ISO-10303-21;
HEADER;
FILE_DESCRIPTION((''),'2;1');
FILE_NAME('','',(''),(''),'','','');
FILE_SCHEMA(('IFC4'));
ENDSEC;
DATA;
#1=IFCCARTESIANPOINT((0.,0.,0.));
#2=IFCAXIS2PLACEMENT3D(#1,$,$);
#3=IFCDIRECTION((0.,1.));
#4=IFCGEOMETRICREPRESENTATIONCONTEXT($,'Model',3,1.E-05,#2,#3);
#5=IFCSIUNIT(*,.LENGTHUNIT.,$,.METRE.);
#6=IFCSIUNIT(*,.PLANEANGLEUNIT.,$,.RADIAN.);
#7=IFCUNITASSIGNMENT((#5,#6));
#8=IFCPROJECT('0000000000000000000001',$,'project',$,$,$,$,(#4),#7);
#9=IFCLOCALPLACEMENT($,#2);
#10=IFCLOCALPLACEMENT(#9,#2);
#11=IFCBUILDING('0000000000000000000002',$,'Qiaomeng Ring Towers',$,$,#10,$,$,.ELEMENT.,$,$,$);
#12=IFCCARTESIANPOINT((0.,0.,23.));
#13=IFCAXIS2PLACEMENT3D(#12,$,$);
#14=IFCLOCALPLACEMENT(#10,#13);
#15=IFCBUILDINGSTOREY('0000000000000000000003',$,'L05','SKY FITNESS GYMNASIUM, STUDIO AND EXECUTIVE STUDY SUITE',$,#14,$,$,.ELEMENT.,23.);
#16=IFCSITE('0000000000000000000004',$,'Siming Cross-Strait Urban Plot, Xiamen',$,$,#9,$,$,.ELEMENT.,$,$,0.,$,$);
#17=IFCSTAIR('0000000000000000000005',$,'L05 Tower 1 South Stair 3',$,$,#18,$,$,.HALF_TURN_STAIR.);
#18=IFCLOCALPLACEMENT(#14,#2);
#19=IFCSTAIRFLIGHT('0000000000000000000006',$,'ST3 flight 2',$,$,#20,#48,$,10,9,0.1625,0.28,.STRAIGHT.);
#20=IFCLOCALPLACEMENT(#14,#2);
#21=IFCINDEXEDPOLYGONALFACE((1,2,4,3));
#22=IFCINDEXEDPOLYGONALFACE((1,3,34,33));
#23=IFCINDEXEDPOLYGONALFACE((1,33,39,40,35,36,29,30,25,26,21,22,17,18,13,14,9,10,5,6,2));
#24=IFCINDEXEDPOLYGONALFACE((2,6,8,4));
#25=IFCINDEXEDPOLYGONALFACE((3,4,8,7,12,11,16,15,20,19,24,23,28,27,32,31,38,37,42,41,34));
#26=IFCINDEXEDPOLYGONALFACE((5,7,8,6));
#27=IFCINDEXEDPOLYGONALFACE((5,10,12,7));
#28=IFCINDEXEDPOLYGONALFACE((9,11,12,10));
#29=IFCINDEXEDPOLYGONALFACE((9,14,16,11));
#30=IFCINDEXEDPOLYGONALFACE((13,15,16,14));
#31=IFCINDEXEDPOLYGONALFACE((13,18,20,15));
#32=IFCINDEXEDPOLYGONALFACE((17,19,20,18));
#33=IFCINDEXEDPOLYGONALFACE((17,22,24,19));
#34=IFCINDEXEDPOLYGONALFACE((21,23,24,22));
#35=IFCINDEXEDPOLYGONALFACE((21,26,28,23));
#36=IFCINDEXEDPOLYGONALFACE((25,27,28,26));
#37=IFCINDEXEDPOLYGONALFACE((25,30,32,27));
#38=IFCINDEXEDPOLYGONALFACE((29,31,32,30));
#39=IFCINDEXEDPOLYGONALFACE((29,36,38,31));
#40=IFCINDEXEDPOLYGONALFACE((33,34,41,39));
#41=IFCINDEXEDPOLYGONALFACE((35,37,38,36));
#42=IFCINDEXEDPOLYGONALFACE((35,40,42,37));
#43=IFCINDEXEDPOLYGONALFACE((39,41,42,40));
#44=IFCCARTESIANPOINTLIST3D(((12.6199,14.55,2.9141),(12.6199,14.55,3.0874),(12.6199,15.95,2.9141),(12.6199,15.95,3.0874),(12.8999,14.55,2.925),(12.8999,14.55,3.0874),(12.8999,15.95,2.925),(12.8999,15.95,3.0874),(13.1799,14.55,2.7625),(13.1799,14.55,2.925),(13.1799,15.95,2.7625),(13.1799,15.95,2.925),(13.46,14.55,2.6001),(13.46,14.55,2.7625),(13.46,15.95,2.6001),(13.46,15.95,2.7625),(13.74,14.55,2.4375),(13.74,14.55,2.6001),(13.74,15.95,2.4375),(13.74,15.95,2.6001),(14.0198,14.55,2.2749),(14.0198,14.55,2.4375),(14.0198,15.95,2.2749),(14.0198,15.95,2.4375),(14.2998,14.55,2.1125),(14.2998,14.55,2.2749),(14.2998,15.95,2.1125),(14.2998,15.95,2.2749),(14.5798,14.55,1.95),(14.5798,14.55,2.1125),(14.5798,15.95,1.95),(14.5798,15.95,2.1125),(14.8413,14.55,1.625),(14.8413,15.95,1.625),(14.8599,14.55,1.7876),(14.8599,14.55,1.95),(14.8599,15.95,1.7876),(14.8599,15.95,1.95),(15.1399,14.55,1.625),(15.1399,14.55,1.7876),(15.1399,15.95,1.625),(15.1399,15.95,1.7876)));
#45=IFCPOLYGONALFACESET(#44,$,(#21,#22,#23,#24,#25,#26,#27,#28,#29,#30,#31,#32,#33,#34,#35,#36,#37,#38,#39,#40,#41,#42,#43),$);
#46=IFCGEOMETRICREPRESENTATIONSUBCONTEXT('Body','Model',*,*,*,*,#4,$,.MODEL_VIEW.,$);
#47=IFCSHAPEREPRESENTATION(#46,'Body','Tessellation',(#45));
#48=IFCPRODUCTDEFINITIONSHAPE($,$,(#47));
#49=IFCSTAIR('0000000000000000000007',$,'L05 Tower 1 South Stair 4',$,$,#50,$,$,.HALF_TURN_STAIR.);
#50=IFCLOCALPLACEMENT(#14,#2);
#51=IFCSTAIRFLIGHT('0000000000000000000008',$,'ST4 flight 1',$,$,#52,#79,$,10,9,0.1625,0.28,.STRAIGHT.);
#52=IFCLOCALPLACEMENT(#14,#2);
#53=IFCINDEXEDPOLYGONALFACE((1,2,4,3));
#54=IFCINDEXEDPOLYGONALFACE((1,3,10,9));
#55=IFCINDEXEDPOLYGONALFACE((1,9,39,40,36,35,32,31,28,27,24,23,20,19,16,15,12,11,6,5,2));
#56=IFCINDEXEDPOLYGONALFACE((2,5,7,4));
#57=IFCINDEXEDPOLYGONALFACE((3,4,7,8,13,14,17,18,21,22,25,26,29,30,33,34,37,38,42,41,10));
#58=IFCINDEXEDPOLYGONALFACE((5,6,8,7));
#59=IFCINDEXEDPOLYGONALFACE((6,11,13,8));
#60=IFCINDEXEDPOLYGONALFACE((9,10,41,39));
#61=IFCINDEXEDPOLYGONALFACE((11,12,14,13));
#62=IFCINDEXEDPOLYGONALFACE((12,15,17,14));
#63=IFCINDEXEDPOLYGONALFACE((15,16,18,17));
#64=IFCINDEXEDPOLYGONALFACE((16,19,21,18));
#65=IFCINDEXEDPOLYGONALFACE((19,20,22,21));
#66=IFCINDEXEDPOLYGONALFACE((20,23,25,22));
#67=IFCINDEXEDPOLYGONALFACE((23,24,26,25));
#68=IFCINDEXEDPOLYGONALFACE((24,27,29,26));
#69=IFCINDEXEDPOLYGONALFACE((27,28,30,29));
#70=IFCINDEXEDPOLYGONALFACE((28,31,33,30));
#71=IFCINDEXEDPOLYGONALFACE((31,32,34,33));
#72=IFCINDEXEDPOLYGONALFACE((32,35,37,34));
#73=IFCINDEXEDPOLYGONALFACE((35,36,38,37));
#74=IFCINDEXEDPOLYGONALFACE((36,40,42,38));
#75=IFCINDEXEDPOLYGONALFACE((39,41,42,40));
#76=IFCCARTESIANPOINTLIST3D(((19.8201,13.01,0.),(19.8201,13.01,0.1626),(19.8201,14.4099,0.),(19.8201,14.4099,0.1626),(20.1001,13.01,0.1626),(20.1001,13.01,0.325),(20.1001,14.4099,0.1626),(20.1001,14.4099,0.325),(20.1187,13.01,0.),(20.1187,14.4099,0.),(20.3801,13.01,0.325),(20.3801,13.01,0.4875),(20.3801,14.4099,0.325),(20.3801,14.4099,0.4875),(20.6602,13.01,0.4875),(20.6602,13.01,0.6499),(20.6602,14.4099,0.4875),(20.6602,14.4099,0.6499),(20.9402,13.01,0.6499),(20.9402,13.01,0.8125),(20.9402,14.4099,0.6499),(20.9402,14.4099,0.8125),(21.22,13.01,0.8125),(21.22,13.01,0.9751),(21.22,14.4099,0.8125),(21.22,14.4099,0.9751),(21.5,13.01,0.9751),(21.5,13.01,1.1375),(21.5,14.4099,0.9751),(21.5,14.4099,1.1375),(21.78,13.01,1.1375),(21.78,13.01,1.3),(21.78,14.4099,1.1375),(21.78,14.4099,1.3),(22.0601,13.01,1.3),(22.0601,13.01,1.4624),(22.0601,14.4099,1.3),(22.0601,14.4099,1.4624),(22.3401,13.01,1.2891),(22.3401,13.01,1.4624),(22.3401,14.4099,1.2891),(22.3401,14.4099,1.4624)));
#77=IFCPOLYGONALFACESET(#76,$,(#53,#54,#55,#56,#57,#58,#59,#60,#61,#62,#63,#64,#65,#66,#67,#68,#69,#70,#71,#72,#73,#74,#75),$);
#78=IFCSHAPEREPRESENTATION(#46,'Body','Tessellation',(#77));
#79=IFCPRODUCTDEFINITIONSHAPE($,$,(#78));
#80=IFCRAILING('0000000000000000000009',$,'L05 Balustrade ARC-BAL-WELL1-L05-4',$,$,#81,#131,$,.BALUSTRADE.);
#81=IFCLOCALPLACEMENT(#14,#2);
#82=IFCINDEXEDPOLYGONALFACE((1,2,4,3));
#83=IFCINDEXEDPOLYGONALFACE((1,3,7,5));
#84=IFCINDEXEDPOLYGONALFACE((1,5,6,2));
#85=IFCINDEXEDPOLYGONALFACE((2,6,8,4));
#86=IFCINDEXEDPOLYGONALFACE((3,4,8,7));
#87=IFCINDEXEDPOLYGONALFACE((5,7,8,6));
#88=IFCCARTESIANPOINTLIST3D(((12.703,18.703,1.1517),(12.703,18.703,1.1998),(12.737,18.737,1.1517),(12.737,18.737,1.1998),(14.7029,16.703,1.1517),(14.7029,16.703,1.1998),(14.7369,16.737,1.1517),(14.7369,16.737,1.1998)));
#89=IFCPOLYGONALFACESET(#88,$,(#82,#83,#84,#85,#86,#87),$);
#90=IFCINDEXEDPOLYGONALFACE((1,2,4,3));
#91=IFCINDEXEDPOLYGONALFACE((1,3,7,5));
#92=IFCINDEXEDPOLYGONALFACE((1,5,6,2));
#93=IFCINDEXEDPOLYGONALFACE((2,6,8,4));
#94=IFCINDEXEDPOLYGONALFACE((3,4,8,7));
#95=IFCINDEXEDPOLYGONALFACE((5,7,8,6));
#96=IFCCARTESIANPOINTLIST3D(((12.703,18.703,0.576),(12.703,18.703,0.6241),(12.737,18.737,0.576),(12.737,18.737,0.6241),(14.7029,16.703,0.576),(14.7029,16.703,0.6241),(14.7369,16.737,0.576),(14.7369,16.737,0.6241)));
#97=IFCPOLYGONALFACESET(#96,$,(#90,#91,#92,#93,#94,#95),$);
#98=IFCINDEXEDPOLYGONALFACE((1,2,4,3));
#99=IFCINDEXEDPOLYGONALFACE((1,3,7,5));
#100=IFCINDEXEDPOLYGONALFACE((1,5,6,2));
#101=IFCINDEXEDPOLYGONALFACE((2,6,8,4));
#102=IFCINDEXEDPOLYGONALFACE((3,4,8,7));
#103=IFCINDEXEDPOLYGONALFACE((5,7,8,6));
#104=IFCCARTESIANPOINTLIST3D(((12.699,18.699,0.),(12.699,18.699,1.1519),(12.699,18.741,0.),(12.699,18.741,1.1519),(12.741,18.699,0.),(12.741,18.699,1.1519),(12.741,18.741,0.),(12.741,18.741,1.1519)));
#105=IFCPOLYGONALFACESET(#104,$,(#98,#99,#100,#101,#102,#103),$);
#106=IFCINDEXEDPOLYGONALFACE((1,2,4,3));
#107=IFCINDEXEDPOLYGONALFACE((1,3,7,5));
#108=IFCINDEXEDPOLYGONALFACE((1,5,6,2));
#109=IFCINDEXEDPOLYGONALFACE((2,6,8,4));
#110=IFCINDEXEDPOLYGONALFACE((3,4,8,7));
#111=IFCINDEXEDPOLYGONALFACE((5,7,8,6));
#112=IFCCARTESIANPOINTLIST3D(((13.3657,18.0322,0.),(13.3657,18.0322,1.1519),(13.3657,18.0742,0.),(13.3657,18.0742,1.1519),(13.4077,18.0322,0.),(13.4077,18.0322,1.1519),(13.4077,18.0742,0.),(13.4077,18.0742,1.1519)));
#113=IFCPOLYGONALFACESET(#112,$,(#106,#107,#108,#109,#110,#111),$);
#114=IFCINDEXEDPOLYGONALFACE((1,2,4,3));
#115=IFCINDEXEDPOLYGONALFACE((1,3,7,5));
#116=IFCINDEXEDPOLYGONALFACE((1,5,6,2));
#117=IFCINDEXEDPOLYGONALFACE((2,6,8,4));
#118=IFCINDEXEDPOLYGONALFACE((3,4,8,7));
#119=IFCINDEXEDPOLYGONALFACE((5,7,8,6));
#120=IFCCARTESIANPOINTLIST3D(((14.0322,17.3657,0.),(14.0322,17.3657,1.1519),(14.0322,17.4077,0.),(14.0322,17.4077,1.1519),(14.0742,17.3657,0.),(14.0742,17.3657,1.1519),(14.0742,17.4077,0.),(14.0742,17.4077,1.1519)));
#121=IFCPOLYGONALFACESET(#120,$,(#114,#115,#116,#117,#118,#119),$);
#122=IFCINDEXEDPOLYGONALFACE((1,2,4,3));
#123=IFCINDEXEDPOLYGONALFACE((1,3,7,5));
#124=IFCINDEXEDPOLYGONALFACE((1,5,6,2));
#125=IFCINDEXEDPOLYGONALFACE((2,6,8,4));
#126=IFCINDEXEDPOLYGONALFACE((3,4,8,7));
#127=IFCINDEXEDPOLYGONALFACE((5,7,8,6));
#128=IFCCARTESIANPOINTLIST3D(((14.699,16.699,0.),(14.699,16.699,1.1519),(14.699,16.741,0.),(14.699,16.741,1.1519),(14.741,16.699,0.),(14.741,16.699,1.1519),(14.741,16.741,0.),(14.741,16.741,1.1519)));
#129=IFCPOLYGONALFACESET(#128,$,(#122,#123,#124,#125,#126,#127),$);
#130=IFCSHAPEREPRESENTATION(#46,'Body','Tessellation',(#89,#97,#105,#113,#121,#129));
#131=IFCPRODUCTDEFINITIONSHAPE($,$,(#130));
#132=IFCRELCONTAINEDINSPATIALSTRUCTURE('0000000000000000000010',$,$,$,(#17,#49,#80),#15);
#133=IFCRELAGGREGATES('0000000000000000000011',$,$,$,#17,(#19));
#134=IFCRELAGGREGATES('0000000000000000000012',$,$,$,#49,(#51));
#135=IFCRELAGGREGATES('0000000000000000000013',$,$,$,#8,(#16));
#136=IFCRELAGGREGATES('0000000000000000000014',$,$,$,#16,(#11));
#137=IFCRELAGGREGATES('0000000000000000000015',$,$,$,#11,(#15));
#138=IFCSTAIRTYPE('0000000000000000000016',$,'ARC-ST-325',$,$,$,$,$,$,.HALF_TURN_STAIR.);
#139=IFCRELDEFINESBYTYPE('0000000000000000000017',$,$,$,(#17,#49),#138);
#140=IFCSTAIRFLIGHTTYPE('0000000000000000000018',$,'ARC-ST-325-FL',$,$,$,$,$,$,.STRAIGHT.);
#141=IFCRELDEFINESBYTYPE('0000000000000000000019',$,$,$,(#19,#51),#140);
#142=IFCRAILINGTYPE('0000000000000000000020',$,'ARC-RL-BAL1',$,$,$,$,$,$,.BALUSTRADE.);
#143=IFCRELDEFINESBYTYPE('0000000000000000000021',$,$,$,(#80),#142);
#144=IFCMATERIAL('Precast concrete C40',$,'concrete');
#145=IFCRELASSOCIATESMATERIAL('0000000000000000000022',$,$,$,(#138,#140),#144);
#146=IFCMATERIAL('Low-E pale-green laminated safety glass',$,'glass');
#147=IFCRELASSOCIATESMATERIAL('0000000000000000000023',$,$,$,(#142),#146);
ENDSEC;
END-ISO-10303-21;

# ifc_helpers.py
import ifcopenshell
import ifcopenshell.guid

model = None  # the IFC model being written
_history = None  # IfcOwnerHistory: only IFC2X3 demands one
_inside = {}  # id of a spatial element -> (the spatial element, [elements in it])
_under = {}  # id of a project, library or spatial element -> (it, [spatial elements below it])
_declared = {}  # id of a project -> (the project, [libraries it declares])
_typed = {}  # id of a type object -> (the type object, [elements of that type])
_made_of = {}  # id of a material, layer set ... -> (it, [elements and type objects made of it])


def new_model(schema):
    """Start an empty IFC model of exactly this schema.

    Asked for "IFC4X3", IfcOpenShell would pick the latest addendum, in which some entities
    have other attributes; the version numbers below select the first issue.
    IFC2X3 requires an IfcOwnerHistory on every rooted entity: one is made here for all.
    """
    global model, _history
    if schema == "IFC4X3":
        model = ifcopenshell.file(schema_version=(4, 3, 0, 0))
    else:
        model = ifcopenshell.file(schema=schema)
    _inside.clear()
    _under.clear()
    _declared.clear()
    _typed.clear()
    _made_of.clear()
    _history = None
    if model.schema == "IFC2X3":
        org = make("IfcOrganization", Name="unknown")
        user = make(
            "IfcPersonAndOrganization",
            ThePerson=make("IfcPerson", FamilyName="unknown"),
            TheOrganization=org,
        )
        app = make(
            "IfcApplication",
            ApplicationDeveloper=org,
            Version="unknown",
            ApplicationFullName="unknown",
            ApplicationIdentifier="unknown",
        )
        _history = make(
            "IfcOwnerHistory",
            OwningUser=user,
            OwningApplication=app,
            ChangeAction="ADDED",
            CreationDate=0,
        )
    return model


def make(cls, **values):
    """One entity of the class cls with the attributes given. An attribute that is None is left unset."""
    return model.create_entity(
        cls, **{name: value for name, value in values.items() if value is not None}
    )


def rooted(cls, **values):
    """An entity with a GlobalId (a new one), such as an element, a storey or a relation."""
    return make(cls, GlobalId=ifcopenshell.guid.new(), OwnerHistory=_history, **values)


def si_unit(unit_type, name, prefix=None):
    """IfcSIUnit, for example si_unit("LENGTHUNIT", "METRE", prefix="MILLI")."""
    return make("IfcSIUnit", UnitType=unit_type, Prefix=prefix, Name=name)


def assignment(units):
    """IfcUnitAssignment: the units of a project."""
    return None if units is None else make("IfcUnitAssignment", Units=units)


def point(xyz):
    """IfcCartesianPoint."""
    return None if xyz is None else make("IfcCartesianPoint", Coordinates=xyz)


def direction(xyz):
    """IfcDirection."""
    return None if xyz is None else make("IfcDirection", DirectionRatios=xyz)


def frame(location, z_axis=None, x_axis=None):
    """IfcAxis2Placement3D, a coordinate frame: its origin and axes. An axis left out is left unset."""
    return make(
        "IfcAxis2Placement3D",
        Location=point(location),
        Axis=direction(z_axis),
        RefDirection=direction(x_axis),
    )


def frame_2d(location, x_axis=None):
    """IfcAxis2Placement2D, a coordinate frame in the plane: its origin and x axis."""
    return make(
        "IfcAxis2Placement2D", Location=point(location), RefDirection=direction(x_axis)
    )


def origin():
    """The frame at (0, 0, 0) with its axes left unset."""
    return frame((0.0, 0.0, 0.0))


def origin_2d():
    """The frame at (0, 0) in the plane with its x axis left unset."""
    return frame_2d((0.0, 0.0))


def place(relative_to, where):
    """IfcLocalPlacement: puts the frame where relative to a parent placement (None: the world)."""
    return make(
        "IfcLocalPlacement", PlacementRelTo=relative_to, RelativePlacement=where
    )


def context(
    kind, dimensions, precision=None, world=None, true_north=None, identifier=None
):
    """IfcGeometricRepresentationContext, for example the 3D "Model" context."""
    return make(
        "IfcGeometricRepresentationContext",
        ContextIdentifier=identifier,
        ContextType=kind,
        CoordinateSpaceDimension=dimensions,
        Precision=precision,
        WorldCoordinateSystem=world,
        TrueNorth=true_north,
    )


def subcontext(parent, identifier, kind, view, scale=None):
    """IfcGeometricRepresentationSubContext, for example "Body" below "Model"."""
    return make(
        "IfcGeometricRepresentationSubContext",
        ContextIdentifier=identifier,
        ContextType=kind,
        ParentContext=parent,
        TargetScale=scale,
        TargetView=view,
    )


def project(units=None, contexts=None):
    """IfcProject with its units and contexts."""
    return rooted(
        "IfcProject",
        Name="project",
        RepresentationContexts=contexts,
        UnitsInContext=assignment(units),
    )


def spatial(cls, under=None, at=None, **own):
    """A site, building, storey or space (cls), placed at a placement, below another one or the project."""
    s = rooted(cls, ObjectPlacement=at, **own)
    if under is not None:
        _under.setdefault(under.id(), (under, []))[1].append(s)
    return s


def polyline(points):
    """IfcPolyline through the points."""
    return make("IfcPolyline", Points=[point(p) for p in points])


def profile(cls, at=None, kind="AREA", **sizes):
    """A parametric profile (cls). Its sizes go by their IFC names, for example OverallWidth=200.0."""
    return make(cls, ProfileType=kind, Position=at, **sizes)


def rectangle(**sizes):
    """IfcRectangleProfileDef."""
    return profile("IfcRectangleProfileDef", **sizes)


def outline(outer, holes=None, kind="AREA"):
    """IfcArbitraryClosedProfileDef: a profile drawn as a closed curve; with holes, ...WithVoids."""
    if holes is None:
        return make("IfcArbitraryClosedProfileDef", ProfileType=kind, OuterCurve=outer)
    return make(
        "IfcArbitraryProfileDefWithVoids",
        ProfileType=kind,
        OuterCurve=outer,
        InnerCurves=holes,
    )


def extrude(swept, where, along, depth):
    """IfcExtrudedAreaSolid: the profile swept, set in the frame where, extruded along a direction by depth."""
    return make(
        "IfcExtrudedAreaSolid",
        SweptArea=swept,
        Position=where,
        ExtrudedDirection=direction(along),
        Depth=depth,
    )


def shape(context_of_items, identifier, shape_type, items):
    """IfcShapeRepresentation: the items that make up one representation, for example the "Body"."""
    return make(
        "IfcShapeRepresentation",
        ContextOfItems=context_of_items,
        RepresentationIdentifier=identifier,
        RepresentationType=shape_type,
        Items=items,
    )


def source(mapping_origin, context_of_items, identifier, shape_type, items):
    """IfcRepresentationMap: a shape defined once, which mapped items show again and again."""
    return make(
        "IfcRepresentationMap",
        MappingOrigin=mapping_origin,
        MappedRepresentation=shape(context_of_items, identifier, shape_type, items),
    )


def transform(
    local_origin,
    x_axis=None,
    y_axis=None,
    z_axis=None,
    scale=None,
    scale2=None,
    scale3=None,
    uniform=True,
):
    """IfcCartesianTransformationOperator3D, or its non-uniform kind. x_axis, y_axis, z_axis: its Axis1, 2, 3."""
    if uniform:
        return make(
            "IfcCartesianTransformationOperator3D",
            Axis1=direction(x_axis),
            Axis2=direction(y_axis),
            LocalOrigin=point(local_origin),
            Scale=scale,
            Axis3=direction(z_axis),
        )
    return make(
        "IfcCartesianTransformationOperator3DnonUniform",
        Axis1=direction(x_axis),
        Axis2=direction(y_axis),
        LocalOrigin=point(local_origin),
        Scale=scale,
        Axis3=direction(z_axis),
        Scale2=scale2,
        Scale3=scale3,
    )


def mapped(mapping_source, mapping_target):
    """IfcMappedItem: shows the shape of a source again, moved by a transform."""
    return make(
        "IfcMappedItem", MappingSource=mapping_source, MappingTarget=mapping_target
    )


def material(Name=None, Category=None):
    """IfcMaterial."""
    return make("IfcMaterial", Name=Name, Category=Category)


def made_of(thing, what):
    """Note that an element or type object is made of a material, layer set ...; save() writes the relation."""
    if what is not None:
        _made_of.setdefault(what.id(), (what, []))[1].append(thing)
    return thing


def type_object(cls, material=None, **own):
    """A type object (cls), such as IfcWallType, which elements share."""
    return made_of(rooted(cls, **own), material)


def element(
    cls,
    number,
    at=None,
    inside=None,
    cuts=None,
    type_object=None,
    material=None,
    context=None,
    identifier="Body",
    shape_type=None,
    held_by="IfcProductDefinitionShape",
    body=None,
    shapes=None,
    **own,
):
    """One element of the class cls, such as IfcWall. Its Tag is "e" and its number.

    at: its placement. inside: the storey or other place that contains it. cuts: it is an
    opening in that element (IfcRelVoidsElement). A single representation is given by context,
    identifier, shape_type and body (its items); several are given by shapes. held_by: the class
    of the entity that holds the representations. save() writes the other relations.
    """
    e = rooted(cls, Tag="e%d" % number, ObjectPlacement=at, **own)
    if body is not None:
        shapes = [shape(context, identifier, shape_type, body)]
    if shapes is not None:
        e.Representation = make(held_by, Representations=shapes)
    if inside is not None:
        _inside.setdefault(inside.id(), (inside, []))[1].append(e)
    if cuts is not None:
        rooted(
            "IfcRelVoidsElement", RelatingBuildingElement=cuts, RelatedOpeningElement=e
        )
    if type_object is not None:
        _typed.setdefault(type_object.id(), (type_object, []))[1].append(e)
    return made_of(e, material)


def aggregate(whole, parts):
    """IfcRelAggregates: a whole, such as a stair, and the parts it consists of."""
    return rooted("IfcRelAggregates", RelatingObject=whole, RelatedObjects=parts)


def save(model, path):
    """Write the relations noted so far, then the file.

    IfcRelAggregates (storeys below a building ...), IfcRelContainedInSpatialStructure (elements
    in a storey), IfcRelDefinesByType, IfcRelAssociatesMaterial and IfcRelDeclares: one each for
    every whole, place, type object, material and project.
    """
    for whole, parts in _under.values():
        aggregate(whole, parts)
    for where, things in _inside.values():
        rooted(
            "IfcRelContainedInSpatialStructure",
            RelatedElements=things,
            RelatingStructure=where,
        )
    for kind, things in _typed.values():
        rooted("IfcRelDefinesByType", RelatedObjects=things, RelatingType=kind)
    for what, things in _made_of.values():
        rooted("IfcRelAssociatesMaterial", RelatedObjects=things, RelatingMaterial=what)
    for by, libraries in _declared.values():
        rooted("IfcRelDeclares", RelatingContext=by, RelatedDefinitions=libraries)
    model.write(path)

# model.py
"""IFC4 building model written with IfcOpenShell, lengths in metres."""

from ifc_helpers import new_model, si_unit, direction, frame, origin, origin_2d, place, context, subcontext, project, spatial, polyline, rectangle, outline, extrude, source, transform, mapped, material, type_object, element, aggregate, save


model = new_model("IFC4")

# Units and contexts
model_context = context("Model", 3, precision=1e-05, world=origin(), true_north=direction((0.0, 1.0)))
body_context = subcontext(model_context, "Body", "Model", "MODEL_VIEW")
ifc_project = project(units=[si_unit("LENGTHUNIT", "METRE"), si_unit("PLANEANGLEUNIT", "RADIAN")], contexts=[model_context])

# Site, building, storey
site_placement = place(None, origin())
site = spatial("IfcSite", under=ifc_project, at=site_placement, Name="Siming Cross-Strait Urban Plot, Xiamen", CompositionType="ELEMENT", RefElevation=0.0)
building_placement = place(site_placement, origin())
building = spatial("IfcBuilding", under=site, at=building_placement, Name="Qiaomeng Ring Towers", CompositionType="ELEMENT")
storey_placement = place(building_placement, frame((0.0, 0.0, 23.0)))
storey = spatial("IfcBuildingStorey", under=building, at=storey_placement, Name="L05", Description="SKY FITNESS GYMNASIUM, STUDIO AND EXECUTIVE STUDY SUITE", CompositionType="ELEMENT", Elevation=23.0)

# Stairs, stair flights
ifc_material_1 = material(Name="Precast concrete C40", Category="concrete")
stair_type = type_object("IfcStairType", Name="ARC-ST-325", PredefinedType="HALF_TURN_STAIR", material=ifc_material_1)
stair_1_placement = place(storey_placement, origin())
stair_1 = element("IfcStair", 1, at=stair_1_placement, inside=storey, type_object=stair_type, Name="L05 Tower 1 South Stair 3", PredefinedType="HALF_TURN_STAIR")
stair_flight_type = type_object("IfcStairFlightType", Name="ARC-ST-325-FL", PredefinedType="STRAIGHT", material=ifc_material_1)
shared_shape_1 = source(origin(), body_context, "Body", "SweptSolid", [
    extrude(outline(polyline([(0.0, 0.0), (0.0, 0.1626), (0.28, 0.1626), (0.28, 0.325), (0.5601, 0.325), (0.5601, 0.4875), (0.8401, 0.4875), (0.8401, 0.6499), (1.1201, 0.6499), (1.1201, 0.8125), (1.3999, 0.8125), (1.3999, 0.9751), (1.6799, 0.9751), (1.6799, 1.1375), (1.96, 1.1375), (1.96, 1.3), (2.24, 1.3), (2.24, 1.4624), (2.52, 1.4624), (2.52, 1.625), (2.52, 1.2891), (0.2986, 0.0), (0.0, 0.0)])), frame((0.0, 0.7, 0.0), z_axis=(0.0, -1.0, 0.0), x_axis=(1.0, 0.0, 0.0)), (0.0, 0.0, 1.0), 1.3999),
])
stair_flight_1_placement = place(storey_placement, frame((15.1399, 15.25, 1.625), z_axis=(0.0, 0.0, 1.0), x_axis=(-1.0, 0.0, 0.0)))
stair_flight_1 = element("IfcStairFlight", 2, at=stair_flight_1_placement, type_object=stair_flight_type, Name="ST3 flight 2", NumberOfRisers=10, NumberOfTreads=9, PredefinedType="STRAIGHT", RiserHeight=0.1625, TreadLength=0.28, context=body_context, shape_type="MappedRepresentation", body=[
    mapped(shared_shape_1, transform((0.0, 0.0, 0.0), x_axis=(1.0, 0.0, 0.0), y_axis=(0.0, 1.0, 0.0), z_axis=(0.0, 0.0, 1.0), scale=1.0)),
])
aggregate(stair_1, [stair_flight_1])
stair_2_placement = place(storey_placement, origin())
stair_2 = element("IfcStair", 3, at=stair_2_placement, inside=storey, type_object=stair_type, Name="L05 Tower 1 South Stair 4", PredefinedType="HALF_TURN_STAIR")
stair_flight_2_placement = place(storey_placement, frame((19.8201, 13.71, 0.0), z_axis=(0.0, 0.0, 1.0), x_axis=(1.0, 0.0, 0.0)))
stair_flight_2 = element("IfcStairFlight", 4, at=stair_flight_2_placement, type_object=stair_flight_type, Name="ST4 flight 1", NumberOfRisers=10, NumberOfTreads=9, PredefinedType="STRAIGHT", RiserHeight=0.1625, TreadLength=0.28, context=body_context, shape_type="MappedRepresentation", body=[
    mapped(shared_shape_1, transform((0.0, 0.0, 0.0), x_axis=(1.0, 0.0, 0.0), y_axis=(0.0, 1.0, 0.0), z_axis=(0.0, 0.0, 1.0), scale=1.0)),
])
aggregate(stair_2, [stair_flight_2])

# Railing
ifc_material_2 = material(Name="Low-E pale-green laminated safety glass", Category="glass")
railing_type_1 = type_object("IfcRailingType", Name="ARC-RL-BAL1", PredefinedType="BALUSTRADE", material=ifc_material_2)
railing_1_placement = place(storey_placement, frame((12.72, 18.72, 0.0)))
element("IfcRailing", 5, at=railing_1_placement, inside=storey, type_object=railing_type_1, Name="L05 Balustrade ARC-BAL-WELL1-L05-4", PredefinedType="BALUSTRADE", context=body_context, shape_type="SweptSolid", body=[
    extrude(rectangle(XDim=0.0481, YDim=0.0481, at=origin_2d()), frame((0.0, 0.0, 1.1758), z_axis=(0.707107, -0.707107, 0.0), x_axis=(0.707107, 0.707107, 0.0)), (0.0, 0.0, 1.0), 2.8284),
    extrude(rectangle(XDim=0.0481, YDim=0.0481, at=origin_2d()), frame((0.0, 0.0, 0.6001), z_axis=(0.707107, -0.707107, 0.0), x_axis=(0.707107, 0.707107, 0.0)), (0.0, 0.0, 1.0), 2.8284),
    extrude(rectangle(XDim=0.042, YDim=0.042, at=origin_2d()), origin(), (0.0, 0.0, 1.0), 1.1519),
    extrude(rectangle(XDim=0.042, YDim=0.042, at=origin_2d()), frame((0.6667, -0.6667, 0.0)), (0.0, 0.0, 1.0), 1.1519),
    extrude(rectangle(XDim=0.042, YDim=0.042, at=origin_2d()), frame((1.3333, -1.3333, 0.0)), (0.0, 0.0, 1.0), 1.1519),
    extrude(rectangle(XDim=0.042, YDim=0.042, at=origin_2d()), frame((2.0, -2.0, 0.0)), (0.0, 0.0, 1.0), 1.1519),
])

save(model, "model.ifc")
